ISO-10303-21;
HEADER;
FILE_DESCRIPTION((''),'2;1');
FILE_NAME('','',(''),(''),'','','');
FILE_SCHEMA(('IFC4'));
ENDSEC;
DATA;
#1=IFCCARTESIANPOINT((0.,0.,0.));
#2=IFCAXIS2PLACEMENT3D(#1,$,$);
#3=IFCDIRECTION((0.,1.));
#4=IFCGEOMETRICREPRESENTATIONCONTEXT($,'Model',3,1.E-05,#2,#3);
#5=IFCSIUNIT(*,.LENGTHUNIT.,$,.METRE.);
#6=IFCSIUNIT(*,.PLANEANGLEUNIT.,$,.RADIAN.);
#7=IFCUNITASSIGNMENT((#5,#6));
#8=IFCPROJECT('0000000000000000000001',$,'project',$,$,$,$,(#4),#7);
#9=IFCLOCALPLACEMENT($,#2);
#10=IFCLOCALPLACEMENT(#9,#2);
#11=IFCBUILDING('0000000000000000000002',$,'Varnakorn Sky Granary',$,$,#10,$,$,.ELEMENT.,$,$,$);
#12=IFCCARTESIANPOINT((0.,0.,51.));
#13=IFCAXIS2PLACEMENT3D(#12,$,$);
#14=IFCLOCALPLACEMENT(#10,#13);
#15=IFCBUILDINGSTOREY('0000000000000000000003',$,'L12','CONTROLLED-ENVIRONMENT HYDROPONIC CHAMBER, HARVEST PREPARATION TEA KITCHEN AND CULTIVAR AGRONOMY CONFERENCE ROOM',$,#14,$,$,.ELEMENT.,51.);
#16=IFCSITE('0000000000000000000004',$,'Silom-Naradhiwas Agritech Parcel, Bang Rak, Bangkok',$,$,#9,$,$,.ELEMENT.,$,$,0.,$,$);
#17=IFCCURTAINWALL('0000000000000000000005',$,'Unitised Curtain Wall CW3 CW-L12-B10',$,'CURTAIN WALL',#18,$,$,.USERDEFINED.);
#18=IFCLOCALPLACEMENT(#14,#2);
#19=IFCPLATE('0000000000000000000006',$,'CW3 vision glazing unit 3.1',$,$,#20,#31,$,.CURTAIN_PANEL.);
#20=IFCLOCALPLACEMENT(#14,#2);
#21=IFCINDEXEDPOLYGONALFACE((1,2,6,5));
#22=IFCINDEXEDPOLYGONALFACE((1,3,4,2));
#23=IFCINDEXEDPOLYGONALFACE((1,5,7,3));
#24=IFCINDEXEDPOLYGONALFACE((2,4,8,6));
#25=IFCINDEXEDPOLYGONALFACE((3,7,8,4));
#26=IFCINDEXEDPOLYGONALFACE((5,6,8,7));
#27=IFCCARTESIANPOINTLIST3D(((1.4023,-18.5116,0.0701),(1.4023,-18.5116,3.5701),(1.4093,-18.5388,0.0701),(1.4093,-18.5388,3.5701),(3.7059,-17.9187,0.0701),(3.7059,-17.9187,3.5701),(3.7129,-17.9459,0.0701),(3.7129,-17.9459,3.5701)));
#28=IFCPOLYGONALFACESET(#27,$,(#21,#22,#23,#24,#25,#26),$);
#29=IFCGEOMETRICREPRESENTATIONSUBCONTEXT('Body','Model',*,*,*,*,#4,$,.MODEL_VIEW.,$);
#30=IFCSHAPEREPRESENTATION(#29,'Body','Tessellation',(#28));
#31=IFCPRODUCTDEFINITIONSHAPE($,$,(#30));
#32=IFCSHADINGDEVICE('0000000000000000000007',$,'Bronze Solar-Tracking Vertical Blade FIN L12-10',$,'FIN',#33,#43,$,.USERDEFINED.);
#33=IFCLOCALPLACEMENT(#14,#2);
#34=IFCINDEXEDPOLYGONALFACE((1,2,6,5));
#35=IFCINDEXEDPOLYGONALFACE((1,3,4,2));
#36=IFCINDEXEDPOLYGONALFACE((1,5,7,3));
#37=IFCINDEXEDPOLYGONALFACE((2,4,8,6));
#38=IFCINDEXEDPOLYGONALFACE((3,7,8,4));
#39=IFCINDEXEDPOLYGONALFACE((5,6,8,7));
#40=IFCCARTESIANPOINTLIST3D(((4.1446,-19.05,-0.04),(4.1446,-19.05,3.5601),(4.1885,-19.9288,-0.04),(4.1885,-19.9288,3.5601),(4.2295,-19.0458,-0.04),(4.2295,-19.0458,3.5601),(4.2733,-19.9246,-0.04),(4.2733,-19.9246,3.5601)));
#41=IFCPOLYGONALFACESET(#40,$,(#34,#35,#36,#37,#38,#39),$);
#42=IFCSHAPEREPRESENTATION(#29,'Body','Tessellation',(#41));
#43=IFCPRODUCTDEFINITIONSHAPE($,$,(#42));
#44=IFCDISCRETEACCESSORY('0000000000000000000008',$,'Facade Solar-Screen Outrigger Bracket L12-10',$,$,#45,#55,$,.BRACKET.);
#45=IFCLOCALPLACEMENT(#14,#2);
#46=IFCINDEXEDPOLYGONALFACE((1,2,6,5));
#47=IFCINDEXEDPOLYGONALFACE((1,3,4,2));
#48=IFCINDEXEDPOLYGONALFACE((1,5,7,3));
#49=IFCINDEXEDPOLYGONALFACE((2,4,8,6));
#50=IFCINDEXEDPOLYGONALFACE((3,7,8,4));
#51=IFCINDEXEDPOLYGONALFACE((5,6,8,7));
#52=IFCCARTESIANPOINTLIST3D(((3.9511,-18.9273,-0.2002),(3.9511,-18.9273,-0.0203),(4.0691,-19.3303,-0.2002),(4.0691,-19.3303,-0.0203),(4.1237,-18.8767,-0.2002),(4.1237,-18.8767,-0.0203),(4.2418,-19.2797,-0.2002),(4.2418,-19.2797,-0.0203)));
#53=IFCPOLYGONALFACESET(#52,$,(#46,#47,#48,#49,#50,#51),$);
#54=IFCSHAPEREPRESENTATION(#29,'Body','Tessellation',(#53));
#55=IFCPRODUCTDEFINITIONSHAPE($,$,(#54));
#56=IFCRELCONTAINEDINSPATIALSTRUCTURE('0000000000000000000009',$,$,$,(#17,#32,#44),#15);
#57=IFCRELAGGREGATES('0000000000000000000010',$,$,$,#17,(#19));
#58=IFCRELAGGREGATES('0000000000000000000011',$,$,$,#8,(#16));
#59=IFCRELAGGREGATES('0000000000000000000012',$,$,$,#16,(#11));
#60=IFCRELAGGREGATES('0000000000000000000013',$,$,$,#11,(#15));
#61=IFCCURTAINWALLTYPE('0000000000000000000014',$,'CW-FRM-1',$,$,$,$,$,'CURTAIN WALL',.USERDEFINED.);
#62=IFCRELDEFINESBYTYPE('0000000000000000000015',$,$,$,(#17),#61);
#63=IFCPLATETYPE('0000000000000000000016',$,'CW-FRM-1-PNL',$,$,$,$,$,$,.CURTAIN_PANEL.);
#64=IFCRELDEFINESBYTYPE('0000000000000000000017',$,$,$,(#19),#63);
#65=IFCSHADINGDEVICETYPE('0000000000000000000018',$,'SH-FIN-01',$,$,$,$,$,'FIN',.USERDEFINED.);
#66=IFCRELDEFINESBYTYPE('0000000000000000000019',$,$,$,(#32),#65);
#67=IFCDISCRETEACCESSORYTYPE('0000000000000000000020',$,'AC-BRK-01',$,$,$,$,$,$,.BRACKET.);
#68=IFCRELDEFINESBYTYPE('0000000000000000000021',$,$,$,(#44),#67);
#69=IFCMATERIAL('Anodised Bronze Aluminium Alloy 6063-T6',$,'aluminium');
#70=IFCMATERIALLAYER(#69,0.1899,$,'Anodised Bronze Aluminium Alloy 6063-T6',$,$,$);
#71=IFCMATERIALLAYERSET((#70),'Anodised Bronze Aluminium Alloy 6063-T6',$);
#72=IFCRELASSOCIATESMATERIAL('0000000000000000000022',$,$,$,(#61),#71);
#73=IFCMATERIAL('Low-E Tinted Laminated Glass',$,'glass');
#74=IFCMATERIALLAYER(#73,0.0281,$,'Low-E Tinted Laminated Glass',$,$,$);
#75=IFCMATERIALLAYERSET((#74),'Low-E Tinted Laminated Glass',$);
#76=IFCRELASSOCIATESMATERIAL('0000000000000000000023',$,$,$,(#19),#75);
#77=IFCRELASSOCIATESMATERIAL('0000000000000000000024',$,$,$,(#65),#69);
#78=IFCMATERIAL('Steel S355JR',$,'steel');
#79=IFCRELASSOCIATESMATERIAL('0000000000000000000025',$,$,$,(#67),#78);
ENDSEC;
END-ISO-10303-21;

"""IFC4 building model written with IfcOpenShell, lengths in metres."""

from ifc_helpers import new_model, si_unit, direction, frame, origin, origin_2d, place, context, subcontext, project, spatial, rectangle, extrude, source, transform, mapped, material, layer, layer_set, type_object, type_shapes, element, aggregate, save


model = new_model("IFC4")

# Units and contexts
model_context = context("Model", 3, precision=1e-05, world=origin(), true_north=direction((0.0, 1.0)))
body_context = subcontext(model_context, "Body", "Model", "MODEL_VIEW")
ifc_project = project(units=[si_unit("LENGTHUNIT", "METRE"), si_unit("PLANEANGLEUNIT", "RADIAN")], contexts=[model_context])

# Site, building, storey
site_placement = place(None, origin())
site = spatial("IfcSite", under=ifc_project, at=site_placement, Name="Silom-Naradhiwas Agritech Parcel, Bang Rak, Bangkok", CompositionType="ELEMENT", RefElevation=0.0)
building_placement = place(site_placement, origin())
building = spatial("IfcBuilding", under=site, at=building_placement, Name="Varnakorn Sky Granary", CompositionType="ELEMENT")
storey_placement = place(building_placement, frame((0.0, 0.0, 51.0)))
storey = spatial("IfcBuildingStorey", under=building, at=storey_placement, Name="L12", Description="CONTROLLED-ENVIRONMENT HYDROPONIC CHAMBER, HARVEST PREPARATION TEA KITCHEN AND CULTIVAR AGRONOMY CONFERENCE ROOM", CompositionType="ELEMENT", Elevation=51.0)

# Shared definitions
ifc_material_1 = material(Name="Steel S355JR", Category="steel")

# Curtain wall, plate
ifc_material_2 = material(Name="Anodised Bronze Aluminium Alloy 6063-T6", Category="aluminium")
ifc_layer_1 = layer(ifc_material_2, 0.1899, Name="Anodised Bronze Aluminium Alloy 6063-T6")
ifc_layer_set_1 = layer_set([ifc_layer_1], Name="Anodised Bronze Aluminium Alloy 6063-T6")
curtain_wall_type = type_object("IfcCurtainWallType", Name="CW-FRM-1", ElementType="CURTAIN WALL", PredefinedType="USERDEFINED", material=ifc_layer_set_1)
curtain_wall_placement = place(storey_placement, origin())
curtain_wall = element("IfcCurtainWall", 1, at=curtain_wall_placement, inside=storey, type_object=curtain_wall_type, Name="Unitised Curtain Wall CW3 CW-L12-B10", ObjectType="CURTAIN WALL", PredefinedType="USERDEFINED")
plate_type = type_object("IfcPlateType", Name="CW-FRM-1-PNL", PredefinedType="CURTAIN_PANEL")
ifc_material_3 = material(Name="Low-E Tinted Laminated Glass", Category="glass")
ifc_layer_2 = layer(ifc_material_3, 0.0281, Name="Low-E Tinted Laminated Glass")
ifc_layer_set_2 = layer_set([ifc_layer_2], Name="Low-E Tinted Laminated Glass")
shared_shape_1 = source(origin(), body_context, "Body", "SweptSolid", [
    extrude(rectangle(XDim=2.3787, YDim=0.0281, at=origin_2d()), origin(), (0.0, 0.0, 1.0), 3.5),
])
plate_1_placement = place(storey_placement, frame((2.5576, -18.2288, 0.0701), z_axis=(0.0, 0.0, 1.0), x_axis=(-0.968439, -0.249249, 0.0)))
plate_1 = element("IfcPlate", 2, at=plate_1_placement, type_object=plate_type, material=ifc_layer_set_2, Name="CW3 vision glazing unit 3.1", PredefinedType="CURTAIN_PANEL", context=body_context, shape_type="MappedRepresentation", body=[
    mapped(shared_shape_1, transform((0.0, 0.0, 0.0), x_axis=(1.0, 0.0, 0.0), y_axis=(0.0, 1.0, 0.0), z_axis=(0.0, 0.0, 1.0), scale=1.0)),
])
aggregate(curtain_wall, [plate_1])

# Shading device
shading_device_type = type_object("IfcShadingDeviceType", Name="SH-FIN-01", ElementType="FIN", PredefinedType="USERDEFINED", material=ifc_material_2)
shared_shape_2 = source(origin(), body_context, "Body", "SweptSolid", [
    extrude(rectangle(XDim=0.085, YDim=0.8799, at=origin_2d()), origin(), (0.0, 0.0, 1.0), 3.6001),
])
type_shapes(shading_device_type, [shared_shape_2])
shading_device_placement = place(storey_placement, frame((4.209, -19.4873, -0.04), z_axis=(0.0, 0.0, 1.0), x_axis=(0.998756, 0.049859, 0.0)))
element("IfcShadingDevice", 3, at=shading_device_placement, inside=storey, type_object=shading_device_type, Name="Bronze Solar-Tracking Vertical Blade FIN L12-10", ObjectType="FIN", PredefinedType="USERDEFINED", context=body_context, shape_type="MappedRepresentation", body=[
    mapped(shared_shape_2, transform((0.0, 0.0, 0.0), x_axis=(1.0, 0.0, 0.0), y_axis=(0.0, 1.0, 0.0), z_axis=(0.0, 0.0, 1.0), scale=1.0)),
])

# Discrete accessory
discrete_accessory_type = type_object("IfcDiscreteAccessoryType", Name="AC-BRK-01", PredefinedType="BRACKET", material=ifc_material_1)
shared_shape_3 = source(origin(), body_context, "Body", "SweptSolid", [
    extrude(rectangle(XDim=0.1799, YDim=0.4199, at=origin_2d()), origin(), (0.0, 0.0, 1.0), 0.1799),
])
type_shapes(discrete_accessory_type, [shared_shape_3])
discrete_accessory_placement = place(storey_placement, frame((4.0964, -19.1035, -0.2002), z_axis=(0.0, 0.0, 1.0), x_axis=(0.959665, 0.281144, 0.0)))
element("IfcDiscreteAccessory", 4, at=discrete_accessory_placement, inside=storey, type_object=discrete_accessory_type, Name="Facade Solar-Screen Outrigger Bracket L12-10", PredefinedType="BRACKET", context=body_context, shape_type="MappedRepresentation", body=[
    mapped(shared_shape_3, transform((0.0, 0.0, 0.0), x_axis=(1.0, 0.0, 0.0), y_axis=(0.0, 1.0, 0.0), z_axis=(0.0, 0.0, 1.0), scale=1.0)),
])

save(model, "model.ifc")
